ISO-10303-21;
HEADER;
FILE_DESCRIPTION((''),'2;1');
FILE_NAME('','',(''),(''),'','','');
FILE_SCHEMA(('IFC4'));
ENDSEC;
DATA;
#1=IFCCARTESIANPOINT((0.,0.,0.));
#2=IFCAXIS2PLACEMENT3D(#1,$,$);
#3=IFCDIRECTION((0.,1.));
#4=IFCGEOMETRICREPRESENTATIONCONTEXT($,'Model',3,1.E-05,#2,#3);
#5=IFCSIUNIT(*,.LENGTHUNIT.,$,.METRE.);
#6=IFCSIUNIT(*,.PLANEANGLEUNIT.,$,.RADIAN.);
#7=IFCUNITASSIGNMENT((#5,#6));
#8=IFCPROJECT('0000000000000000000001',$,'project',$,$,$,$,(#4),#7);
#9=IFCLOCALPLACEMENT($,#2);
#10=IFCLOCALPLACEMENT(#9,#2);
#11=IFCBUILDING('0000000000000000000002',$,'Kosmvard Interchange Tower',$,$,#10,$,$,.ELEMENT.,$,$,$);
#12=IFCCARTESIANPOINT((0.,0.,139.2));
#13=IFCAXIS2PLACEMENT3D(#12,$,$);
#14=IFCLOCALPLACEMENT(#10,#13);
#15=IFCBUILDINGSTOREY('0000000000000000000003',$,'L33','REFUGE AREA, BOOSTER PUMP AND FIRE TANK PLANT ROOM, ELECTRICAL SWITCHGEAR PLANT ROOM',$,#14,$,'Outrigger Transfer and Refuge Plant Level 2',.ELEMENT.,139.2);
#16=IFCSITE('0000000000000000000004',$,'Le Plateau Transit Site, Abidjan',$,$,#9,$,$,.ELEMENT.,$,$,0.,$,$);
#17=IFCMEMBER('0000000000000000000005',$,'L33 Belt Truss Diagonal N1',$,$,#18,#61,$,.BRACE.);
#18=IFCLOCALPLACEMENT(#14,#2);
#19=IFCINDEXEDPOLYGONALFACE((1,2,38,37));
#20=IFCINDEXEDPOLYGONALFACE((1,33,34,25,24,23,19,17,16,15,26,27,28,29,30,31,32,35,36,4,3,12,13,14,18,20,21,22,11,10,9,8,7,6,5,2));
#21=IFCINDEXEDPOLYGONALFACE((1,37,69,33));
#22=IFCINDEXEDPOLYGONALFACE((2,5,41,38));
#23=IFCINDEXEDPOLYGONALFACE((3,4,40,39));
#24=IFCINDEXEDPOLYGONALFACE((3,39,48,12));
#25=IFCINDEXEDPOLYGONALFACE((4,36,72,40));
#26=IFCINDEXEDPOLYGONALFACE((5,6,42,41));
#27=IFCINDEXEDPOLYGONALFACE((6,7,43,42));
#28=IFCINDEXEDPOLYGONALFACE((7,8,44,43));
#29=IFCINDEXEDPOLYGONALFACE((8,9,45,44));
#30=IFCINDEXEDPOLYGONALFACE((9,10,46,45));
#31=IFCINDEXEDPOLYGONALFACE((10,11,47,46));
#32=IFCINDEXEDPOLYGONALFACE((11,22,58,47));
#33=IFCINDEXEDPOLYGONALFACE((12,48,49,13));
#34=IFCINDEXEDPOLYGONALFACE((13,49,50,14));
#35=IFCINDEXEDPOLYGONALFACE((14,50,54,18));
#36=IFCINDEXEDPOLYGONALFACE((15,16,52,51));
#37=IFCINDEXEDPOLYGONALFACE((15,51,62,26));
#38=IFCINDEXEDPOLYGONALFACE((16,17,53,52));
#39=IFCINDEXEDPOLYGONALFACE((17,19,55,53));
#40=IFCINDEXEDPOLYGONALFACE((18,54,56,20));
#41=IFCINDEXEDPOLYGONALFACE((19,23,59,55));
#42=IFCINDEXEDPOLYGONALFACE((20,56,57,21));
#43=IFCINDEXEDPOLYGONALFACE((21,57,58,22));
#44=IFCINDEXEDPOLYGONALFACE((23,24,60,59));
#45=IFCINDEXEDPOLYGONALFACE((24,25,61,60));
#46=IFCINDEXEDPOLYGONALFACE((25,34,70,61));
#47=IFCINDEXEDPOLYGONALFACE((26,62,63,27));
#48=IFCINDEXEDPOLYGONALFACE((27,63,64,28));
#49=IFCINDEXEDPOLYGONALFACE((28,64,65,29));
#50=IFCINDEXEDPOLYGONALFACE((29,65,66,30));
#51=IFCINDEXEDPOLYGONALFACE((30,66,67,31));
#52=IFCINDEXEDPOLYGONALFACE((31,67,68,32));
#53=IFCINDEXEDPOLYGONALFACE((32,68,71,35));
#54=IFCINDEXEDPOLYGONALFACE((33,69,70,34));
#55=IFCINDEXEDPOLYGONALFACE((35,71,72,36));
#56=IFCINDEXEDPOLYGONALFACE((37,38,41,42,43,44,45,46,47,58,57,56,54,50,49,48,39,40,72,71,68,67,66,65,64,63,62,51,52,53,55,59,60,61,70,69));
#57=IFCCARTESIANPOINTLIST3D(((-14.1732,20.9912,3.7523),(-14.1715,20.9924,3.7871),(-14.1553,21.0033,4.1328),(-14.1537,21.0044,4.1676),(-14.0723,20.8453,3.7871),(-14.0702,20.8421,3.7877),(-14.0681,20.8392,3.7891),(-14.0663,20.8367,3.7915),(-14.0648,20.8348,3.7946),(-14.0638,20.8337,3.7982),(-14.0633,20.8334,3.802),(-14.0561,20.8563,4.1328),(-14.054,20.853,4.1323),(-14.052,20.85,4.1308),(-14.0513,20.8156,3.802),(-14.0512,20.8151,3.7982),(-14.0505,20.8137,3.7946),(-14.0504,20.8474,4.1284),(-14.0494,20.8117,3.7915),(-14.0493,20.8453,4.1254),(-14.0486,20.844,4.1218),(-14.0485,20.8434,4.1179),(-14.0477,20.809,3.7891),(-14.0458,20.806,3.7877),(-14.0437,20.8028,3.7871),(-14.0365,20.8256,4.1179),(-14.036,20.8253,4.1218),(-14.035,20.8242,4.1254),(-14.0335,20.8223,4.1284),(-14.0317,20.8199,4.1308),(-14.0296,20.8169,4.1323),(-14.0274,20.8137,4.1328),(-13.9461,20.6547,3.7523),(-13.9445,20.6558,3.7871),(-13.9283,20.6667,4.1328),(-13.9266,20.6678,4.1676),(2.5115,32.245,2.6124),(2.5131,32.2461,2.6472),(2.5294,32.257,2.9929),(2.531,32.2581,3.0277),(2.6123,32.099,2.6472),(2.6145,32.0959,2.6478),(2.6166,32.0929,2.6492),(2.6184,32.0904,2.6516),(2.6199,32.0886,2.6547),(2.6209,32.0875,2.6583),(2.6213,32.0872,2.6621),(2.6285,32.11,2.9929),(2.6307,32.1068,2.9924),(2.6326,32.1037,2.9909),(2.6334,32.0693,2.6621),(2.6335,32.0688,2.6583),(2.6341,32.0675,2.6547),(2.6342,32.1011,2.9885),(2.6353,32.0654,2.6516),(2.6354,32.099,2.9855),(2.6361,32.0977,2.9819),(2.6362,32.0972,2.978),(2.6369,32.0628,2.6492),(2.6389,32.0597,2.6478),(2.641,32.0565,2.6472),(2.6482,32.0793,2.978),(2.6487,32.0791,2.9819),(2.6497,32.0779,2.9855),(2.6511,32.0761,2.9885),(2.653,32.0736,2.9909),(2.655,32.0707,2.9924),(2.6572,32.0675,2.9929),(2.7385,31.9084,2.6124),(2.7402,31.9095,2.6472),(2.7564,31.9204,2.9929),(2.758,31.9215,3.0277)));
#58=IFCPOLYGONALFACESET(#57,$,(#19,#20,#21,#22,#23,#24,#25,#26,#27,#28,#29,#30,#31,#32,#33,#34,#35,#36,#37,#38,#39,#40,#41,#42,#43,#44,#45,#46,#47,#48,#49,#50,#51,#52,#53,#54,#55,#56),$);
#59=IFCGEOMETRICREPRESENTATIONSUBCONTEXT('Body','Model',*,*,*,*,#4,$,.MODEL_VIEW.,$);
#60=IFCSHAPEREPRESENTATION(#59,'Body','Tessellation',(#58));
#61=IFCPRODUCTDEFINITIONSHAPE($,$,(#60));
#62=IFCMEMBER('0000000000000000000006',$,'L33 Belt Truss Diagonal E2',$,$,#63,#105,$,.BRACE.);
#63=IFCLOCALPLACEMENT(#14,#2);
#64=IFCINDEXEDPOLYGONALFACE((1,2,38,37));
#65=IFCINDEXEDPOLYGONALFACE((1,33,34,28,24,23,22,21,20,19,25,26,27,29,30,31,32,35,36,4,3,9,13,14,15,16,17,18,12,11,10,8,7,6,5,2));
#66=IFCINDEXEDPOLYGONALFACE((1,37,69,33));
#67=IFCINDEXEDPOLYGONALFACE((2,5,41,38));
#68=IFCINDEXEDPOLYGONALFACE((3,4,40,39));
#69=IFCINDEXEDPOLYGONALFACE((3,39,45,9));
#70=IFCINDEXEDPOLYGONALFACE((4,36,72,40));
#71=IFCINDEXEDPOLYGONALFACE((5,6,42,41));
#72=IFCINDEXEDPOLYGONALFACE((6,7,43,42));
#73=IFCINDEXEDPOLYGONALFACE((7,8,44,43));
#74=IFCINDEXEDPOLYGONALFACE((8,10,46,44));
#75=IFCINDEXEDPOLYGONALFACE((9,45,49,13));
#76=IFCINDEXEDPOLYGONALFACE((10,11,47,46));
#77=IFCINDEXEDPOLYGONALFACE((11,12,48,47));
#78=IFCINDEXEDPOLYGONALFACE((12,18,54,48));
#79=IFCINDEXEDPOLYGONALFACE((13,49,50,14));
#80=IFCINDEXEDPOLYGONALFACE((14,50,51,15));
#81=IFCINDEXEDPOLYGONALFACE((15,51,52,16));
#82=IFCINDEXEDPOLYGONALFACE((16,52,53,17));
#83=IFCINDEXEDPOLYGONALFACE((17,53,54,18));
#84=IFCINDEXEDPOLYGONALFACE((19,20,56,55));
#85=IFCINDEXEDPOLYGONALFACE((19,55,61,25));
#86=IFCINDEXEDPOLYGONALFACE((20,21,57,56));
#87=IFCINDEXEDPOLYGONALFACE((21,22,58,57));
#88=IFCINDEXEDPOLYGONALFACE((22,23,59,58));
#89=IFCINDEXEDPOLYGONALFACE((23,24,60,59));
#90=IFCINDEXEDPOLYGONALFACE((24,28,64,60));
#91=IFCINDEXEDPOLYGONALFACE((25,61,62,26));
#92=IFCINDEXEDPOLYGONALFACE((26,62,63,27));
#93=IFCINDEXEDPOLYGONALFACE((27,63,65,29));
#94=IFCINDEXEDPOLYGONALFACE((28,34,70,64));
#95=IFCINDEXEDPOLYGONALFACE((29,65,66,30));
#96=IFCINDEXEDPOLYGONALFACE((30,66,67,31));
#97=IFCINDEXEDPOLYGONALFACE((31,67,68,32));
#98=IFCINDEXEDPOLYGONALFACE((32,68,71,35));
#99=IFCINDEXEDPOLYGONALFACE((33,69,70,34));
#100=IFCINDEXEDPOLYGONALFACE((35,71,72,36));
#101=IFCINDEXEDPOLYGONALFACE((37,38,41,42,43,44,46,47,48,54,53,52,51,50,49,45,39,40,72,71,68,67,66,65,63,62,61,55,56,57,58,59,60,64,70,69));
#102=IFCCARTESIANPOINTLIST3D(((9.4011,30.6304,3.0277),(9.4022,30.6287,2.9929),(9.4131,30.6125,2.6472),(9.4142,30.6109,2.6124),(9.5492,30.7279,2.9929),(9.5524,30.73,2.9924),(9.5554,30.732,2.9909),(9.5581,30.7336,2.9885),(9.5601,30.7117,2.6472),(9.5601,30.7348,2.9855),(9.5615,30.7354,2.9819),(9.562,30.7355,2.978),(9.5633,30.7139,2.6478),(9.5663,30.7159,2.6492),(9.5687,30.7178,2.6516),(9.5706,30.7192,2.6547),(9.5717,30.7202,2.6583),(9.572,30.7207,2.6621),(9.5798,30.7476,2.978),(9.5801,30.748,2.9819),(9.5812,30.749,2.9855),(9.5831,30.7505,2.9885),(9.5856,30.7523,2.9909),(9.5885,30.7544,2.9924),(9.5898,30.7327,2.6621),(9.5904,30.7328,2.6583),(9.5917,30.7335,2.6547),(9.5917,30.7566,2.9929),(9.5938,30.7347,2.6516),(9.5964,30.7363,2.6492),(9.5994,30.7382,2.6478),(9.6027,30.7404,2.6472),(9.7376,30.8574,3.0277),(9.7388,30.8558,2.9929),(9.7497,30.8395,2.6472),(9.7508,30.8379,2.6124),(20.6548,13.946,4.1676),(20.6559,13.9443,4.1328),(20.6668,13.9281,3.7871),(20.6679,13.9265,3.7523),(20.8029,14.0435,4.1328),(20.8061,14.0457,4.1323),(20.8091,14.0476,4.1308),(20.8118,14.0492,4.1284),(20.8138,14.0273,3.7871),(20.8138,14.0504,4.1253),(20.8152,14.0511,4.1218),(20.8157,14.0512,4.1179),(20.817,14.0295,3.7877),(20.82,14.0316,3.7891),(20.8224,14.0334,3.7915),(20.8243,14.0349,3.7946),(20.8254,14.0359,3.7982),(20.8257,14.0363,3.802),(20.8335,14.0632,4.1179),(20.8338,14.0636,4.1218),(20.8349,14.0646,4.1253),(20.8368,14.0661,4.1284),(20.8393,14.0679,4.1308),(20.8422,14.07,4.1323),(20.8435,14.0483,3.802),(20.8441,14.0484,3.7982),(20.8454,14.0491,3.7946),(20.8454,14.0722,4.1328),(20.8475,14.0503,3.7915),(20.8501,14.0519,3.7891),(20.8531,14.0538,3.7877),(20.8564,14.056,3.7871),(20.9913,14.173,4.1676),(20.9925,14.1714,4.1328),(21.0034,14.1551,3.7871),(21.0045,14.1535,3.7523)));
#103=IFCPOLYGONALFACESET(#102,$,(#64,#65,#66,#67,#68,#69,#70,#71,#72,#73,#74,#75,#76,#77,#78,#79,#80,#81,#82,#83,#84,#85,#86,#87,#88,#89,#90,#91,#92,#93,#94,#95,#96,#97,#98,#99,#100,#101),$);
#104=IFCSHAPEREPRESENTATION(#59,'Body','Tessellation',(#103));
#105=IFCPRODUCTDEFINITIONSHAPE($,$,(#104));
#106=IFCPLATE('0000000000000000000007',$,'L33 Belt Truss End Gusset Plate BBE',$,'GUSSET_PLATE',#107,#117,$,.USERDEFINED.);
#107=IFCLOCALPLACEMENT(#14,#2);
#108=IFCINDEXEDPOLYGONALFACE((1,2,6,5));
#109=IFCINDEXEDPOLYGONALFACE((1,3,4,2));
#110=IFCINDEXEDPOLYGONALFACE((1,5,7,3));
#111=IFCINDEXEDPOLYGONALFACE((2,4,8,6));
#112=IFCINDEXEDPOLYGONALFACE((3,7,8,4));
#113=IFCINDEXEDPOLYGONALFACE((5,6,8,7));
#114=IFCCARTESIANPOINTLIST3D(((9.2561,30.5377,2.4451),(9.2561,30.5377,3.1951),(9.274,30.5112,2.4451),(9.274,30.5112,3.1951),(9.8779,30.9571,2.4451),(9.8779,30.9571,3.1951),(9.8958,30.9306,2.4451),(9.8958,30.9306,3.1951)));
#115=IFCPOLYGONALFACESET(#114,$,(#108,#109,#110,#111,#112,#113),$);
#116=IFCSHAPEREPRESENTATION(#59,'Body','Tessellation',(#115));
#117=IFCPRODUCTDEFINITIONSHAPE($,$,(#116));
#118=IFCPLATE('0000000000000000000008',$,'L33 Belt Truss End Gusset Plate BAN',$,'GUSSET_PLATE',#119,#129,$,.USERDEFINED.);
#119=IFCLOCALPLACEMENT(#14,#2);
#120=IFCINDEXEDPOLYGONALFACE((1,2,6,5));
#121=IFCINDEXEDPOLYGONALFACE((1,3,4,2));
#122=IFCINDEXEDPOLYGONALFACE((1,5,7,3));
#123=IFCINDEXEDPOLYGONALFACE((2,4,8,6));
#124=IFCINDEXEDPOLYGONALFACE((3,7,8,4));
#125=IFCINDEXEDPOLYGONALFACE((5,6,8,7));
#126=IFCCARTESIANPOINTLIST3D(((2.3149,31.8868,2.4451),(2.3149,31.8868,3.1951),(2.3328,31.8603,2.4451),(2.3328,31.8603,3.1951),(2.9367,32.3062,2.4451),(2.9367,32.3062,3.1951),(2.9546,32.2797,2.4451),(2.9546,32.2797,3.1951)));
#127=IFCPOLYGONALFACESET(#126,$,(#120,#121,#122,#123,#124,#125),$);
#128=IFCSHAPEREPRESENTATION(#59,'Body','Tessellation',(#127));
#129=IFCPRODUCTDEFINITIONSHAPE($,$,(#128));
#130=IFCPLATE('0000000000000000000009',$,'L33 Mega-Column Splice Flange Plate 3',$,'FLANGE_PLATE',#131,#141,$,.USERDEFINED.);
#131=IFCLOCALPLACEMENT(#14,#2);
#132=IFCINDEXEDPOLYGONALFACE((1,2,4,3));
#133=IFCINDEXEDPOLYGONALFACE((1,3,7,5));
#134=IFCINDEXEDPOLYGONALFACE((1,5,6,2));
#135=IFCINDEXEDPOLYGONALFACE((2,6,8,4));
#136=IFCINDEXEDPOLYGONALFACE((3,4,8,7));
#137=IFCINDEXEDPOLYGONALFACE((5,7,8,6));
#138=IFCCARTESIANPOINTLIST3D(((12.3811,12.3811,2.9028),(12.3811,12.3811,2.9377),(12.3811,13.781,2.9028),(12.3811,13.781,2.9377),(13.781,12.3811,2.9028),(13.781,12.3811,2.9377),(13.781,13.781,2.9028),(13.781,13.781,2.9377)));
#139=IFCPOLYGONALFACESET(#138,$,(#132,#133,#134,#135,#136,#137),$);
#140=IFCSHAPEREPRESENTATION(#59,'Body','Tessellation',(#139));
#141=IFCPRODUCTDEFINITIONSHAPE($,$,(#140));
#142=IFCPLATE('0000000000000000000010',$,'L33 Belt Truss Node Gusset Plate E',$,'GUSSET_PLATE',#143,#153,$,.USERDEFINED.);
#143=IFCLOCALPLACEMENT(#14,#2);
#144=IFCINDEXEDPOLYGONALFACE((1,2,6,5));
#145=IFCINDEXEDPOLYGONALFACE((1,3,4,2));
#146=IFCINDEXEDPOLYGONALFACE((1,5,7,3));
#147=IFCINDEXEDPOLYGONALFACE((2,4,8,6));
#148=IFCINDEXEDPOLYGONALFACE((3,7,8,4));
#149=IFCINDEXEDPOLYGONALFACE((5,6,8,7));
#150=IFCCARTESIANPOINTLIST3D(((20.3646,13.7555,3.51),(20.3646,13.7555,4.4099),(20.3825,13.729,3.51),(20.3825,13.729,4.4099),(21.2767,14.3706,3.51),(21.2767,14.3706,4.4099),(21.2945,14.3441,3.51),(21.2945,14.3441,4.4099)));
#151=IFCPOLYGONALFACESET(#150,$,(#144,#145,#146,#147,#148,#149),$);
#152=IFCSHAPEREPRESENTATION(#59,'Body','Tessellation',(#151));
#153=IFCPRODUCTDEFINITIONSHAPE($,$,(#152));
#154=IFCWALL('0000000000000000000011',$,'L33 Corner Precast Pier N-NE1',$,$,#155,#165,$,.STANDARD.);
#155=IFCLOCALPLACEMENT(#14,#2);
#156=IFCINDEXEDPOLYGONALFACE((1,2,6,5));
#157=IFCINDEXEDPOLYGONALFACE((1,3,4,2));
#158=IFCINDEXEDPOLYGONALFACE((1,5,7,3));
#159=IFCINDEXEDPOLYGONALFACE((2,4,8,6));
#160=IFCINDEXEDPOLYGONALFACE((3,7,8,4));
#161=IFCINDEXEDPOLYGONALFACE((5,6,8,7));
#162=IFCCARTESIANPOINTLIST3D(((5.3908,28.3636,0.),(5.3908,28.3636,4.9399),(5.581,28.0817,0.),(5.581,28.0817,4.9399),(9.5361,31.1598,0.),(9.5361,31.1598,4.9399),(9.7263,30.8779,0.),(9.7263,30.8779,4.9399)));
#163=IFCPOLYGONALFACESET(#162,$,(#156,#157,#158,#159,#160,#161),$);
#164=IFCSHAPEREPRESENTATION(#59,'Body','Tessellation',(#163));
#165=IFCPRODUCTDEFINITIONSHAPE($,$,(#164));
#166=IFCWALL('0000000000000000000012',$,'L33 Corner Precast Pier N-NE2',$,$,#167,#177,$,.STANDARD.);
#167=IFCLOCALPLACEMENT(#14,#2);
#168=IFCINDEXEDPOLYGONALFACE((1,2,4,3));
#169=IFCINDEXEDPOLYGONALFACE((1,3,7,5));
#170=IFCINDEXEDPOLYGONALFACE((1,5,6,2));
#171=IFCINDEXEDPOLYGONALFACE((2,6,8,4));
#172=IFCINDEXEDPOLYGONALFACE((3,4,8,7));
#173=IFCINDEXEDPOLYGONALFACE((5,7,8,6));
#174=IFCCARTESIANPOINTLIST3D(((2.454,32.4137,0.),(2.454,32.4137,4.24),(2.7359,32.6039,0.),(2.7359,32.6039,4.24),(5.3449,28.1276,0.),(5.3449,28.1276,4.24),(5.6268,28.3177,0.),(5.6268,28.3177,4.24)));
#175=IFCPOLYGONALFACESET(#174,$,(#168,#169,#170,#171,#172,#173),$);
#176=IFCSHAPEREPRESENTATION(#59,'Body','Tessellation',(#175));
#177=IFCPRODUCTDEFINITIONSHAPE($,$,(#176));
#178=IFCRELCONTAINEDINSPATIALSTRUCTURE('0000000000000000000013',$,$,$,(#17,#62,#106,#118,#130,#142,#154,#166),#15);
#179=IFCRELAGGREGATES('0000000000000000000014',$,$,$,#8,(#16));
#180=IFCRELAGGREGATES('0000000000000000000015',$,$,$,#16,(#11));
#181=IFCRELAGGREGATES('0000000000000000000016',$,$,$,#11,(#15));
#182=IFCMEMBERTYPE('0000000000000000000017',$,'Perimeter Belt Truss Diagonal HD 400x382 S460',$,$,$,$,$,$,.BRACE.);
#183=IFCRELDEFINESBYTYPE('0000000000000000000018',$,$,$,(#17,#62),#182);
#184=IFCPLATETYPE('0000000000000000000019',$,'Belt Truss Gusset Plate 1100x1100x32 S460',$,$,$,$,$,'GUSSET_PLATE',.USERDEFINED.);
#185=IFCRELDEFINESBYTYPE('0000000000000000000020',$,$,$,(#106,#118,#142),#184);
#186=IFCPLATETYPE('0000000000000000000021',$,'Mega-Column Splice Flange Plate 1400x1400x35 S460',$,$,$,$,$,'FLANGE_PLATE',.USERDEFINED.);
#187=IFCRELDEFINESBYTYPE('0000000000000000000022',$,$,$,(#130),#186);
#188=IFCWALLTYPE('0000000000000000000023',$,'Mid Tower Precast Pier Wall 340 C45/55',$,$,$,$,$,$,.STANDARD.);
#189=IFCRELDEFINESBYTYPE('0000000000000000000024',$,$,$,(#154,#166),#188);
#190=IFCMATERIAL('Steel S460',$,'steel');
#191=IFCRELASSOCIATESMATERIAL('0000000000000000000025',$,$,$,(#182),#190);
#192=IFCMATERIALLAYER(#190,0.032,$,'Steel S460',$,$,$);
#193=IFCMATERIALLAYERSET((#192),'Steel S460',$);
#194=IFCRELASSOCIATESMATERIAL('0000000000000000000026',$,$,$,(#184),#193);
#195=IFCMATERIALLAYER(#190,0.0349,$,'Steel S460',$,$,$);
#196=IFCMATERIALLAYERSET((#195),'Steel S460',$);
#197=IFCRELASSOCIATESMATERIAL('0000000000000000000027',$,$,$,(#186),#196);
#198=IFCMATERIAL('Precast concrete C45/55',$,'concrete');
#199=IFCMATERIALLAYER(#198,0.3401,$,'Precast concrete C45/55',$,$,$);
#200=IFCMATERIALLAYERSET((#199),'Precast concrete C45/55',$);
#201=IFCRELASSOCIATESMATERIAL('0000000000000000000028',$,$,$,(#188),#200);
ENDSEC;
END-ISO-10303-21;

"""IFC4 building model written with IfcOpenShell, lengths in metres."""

from ifc_helpers import new_model, si_unit, direction, frame, frame_2d, origin, origin_2d, place, context, subcontext, project, spatial, rectangle, i_section, extrude, source, transform, mapped, material, layer, layer_set, material_profile, profile_set, type_object, element, save


model = new_model("IFC4")

# Units and contexts
model_context = context("Model", 3, precision=1e-05, world=origin(), true_north=direction((0.0, 1.0)))
body_context = subcontext(model_context, "Body", "Model", "MODEL_VIEW")
ifc_project = project(units=[si_unit("LENGTHUNIT", "METRE"), si_unit("PLANEANGLEUNIT", "RADIAN")], contexts=[model_context])

# Site, building, storey
site_placement = place(None, origin())
site = spatial("IfcSite", under=ifc_project, at=site_placement, Name="Le Plateau Transit Site, Abidjan", CompositionType="ELEMENT", RefElevation=0.0)
building_placement = place(site_placement, origin())
building = spatial("IfcBuilding", under=site, at=building_placement, Name="Kosmvard Interchange Tower", CompositionType="ELEMENT")
storey_placement = place(building_placement, frame((0.0, 0.0, 139.2)))
storey = spatial("IfcBuildingStorey", under=building, at=storey_placement, Name="L33", Description="REFUGE AREA, BOOSTER PUMP AND FIRE TANK PLANT ROOM, ELECTRICAL SWITCHGEAR PLANT ROOM", LongName="Outrigger Transfer and Refuge Plant Level 2", CompositionType="ELEMENT", Elevation=139.2)

# Shared definitions
ifc_material_1 = material(Name="Steel S460", Category="steel")

# Members
ifc_material_profile_1 = material_profile(ifc_material_1, i_section(OverallWidth=0.406, OverallDepth=0.416, WebThickness=0.0215, FlangeThickness=0.0349, FilletRadius=0.0149, at=origin_2d()), Name="HD 400x382")
ifc_profile_set_1 = profile_set([ifc_material_profile_1], Name="Steel S460")
member_type_1 = type_object("IfcMemberType", Name="Perimeter Belt Truss Diagonal HD 400x382 S460", PredefinedType="BRACE", material=ifc_profile_set_1)
shared_shape_1 = source(origin(), body_context, "Body", "SweptSolid", [
    extrude(i_section(OverallWidth=0.406, OverallDepth=0.416, WebThickness=0.0215, FlangeThickness=0.0349, FilletRadius=0.0149, at=origin_2d()), origin(), (0.0, 0.0, 1.0), 20.1575),
])
member_1_placement = place(storey_placement, frame((2.6348, 32.0833, 2.8201), z_axis=(-0.827716, -0.55829, 0.05655), x_axis=(0.559185, -0.829043, 0.0)))
element("IfcMember", 1, at=member_1_placement, inside=storey, type_object=member_type_1, Name="L33 Belt Truss Diagonal N1", PredefinedType="BRACE", context=body_context, shape_type="MappedRepresentation", body=[
    mapped(shared_shape_1, transform((0.0, 0.0, 0.0), scale=1.0)),
])
shared_shape_2 = source(origin(), body_context, "Body", "SweptSolid", [
    extrude(i_section(OverallWidth=0.406, OverallDepth=0.416, WebThickness=0.0215, FlangeThickness=0.0349, FilletRadius=0.0149, at=origin_2d()), origin(), (0.0, 0.0, 1.0), 20.1572),
])
member_2_placement = place(storey_placement, frame((9.5759, 30.7341, 2.8201), z_axis=(0.558296, -0.827712, 0.05655), x_axis=(0.829039, 0.559191, 0.0)))
element("IfcMember", 2, at=member_2_placement, inside=storey, type_object=member_type_1, Name="L33 Belt Truss Diagonal E2", PredefinedType="BRACE", context=body_context, shape_type="MappedRepresentation", body=[
    mapped(shared_shape_2, transform((0.0, 0.0, 0.0), scale=1.0)),
])

# Plates
ifc_layer_1 = layer(ifc_material_1, 0.032, Name="Steel S460")
ifc_layer_set_1 = layer_set([ifc_layer_1], Name="Steel S460")
plate_type_1 = type_object("IfcPlateType", Name="Belt Truss Gusset Plate 1100x1100x32 S460", ElementType="GUSSET_PLATE", PredefinedType="USERDEFINED", material=ifc_layer_set_1)
shared_shape_3 = source(origin(), body_context, "Body", "SweptSolid", [
    extrude(rectangle(XDim=0.75, YDim=0.032, at=origin_2d()), origin(), (0.0, 0.0, 1.0), 0.75),
])
for number, where, z_axis, x_axis, name in (
    (3, (9.5759, 30.7341, 2.4451), (0.0, 0.0, 1.0), (0.829038, 0.559193, 0.0), "L33 Belt Truss End Gusset Plate BBE"),
    (4, (2.6348, 32.0833, 2.4451), (0.0, 0.0, 1.0), (0.829038, 0.559193, 0.0), "L33 Belt Truss End Gusset Plate BAN"),
):
    element("IfcPlate", number, at=place(storey_placement, frame(where, z_axis=z_axis, x_axis=x_axis)), inside=storey, type_object=plate_type_1, Name=name, ObjectType="GUSSET_PLATE", PredefinedType="USERDEFINED", context=body_context, shape_type="MappedRepresentation", body=[
        mapped(shared_shape_3, transform((0.0, 0.0, 0.0), scale=1.0)),
    ])
ifc_layer_2 = layer(ifc_material_1, 0.0349, Name="Steel S460")
ifc_layer_set_2 = layer_set([ifc_layer_2], Name="Steel S460")
plate_type_2 = type_object("IfcPlateType", Name="Mega-Column Splice Flange Plate 1400x1400x35 S460", ElementType="FLANGE_PLATE", PredefinedType="USERDEFINED", material=ifc_layer_set_2)
shared_shape_4 = source(origin(), body_context, "Body", "SweptSolid", [
    extrude(rectangle(XDim=1.3999, YDim=1.3999, at=origin_2d()), origin(), (0.0, 0.0, 1.0), 0.0349),
])
plate_1_placement = place(storey_placement, frame((13.0811, 13.0811, 2.9028), z_axis=(0.0, 0.0, 1.0), x_axis=(1.0, 0.0, 0.0)))
element("IfcPlate", 5, at=plate_1_placement, inside=storey, type_object=plate_type_2, Name="L33 Mega-Column Splice Flange Plate 3", ObjectType="FLANGE_PLATE", PredefinedType="USERDEFINED", context=body_context, shape_type="MappedRepresentation", body=[
    mapped(shared_shape_4, transform((0.0, 0.0, 0.0), scale=1.0)),
])
shared_shape_5 = source(origin(), body_context, "Body", "SweptSolid", [
    extrude(rectangle(XDim=1.1001, YDim=0.032, at=origin_2d()), origin(), (0.0, 0.0, 1.0), 0.8999),
])
plate_2_placement = place(storey_placement, frame((20.8296, 14.0498, 3.51), z_axis=(0.0, 0.0, 1.0), x_axis=(0.829038, 0.559193, 0.0)))
element("IfcPlate", 6, at=plate_2_placement, inside=storey, type_object=plate_type_1, Name="L33 Belt Truss Node Gusset Plate E", ObjectType="GUSSET_PLATE", PredefinedType="USERDEFINED", context=body_context, shape_type="MappedRepresentation", body=[
    mapped(shared_shape_5, transform((0.0, 0.0, 0.0), scale=1.0)),
])

# Walls
ifc_material_2 = material(Name="Precast concrete C45/55", Category="concrete")
ifc_layer_3 = layer(ifc_material_2, 0.3401, Name="Precast concrete C45/55")
ifc_layer_set_3 = layer_set([ifc_layer_3], Name="Precast concrete C45/55")
wall_type_1 = type_object("IfcWallType", Name="Mid Tower Precast Pier Wall 340 C45/55", PredefinedType="STANDARD", material=ifc_layer_set_3)
wall_1_placement = place(storey_placement, frame((9.6311, 31.0188, 0.0), z_axis=(0.0, 0.0, 1.0), x_axis=(-0.829026, -0.55921, 0.0)))
element("IfcWall", 7, at=wall_1_placement, inside=storey, type_object=wall_type_1, Name="L33 Corner Precast Pier N-NE1", PredefinedType="STANDARD", context=body_context, shape_type="SweptSolid", body=[
    extrude(rectangle(XDim=5.0002, YDim=0.3401, at=frame_2d((2.5, 0.0))), origin(), (0.0, 0.0, 1.0), 4.9399),
])
wall_2_placement = place(storey_placement, frame((5.4858, 28.2227, 0.0), z_axis=(0.0, 0.0, 1.0), x_axis=(-0.559171, 0.829052, 0.0)))
element("IfcWall", 8, at=wall_2_placement, inside=storey, type_object=wall_type_1, Name="L33 Corner Precast Pier N-NE2", PredefinedType="STANDARD", context=body_context, shape_type="SweptSolid", body=[
    extrude(rectangle(XDim=5.1699, YDim=0.3401, at=frame_2d((2.585, 0.0))), origin(), (0.0, 0.0, 1.0), 4.24),
])

save(model, "model.ifc")
